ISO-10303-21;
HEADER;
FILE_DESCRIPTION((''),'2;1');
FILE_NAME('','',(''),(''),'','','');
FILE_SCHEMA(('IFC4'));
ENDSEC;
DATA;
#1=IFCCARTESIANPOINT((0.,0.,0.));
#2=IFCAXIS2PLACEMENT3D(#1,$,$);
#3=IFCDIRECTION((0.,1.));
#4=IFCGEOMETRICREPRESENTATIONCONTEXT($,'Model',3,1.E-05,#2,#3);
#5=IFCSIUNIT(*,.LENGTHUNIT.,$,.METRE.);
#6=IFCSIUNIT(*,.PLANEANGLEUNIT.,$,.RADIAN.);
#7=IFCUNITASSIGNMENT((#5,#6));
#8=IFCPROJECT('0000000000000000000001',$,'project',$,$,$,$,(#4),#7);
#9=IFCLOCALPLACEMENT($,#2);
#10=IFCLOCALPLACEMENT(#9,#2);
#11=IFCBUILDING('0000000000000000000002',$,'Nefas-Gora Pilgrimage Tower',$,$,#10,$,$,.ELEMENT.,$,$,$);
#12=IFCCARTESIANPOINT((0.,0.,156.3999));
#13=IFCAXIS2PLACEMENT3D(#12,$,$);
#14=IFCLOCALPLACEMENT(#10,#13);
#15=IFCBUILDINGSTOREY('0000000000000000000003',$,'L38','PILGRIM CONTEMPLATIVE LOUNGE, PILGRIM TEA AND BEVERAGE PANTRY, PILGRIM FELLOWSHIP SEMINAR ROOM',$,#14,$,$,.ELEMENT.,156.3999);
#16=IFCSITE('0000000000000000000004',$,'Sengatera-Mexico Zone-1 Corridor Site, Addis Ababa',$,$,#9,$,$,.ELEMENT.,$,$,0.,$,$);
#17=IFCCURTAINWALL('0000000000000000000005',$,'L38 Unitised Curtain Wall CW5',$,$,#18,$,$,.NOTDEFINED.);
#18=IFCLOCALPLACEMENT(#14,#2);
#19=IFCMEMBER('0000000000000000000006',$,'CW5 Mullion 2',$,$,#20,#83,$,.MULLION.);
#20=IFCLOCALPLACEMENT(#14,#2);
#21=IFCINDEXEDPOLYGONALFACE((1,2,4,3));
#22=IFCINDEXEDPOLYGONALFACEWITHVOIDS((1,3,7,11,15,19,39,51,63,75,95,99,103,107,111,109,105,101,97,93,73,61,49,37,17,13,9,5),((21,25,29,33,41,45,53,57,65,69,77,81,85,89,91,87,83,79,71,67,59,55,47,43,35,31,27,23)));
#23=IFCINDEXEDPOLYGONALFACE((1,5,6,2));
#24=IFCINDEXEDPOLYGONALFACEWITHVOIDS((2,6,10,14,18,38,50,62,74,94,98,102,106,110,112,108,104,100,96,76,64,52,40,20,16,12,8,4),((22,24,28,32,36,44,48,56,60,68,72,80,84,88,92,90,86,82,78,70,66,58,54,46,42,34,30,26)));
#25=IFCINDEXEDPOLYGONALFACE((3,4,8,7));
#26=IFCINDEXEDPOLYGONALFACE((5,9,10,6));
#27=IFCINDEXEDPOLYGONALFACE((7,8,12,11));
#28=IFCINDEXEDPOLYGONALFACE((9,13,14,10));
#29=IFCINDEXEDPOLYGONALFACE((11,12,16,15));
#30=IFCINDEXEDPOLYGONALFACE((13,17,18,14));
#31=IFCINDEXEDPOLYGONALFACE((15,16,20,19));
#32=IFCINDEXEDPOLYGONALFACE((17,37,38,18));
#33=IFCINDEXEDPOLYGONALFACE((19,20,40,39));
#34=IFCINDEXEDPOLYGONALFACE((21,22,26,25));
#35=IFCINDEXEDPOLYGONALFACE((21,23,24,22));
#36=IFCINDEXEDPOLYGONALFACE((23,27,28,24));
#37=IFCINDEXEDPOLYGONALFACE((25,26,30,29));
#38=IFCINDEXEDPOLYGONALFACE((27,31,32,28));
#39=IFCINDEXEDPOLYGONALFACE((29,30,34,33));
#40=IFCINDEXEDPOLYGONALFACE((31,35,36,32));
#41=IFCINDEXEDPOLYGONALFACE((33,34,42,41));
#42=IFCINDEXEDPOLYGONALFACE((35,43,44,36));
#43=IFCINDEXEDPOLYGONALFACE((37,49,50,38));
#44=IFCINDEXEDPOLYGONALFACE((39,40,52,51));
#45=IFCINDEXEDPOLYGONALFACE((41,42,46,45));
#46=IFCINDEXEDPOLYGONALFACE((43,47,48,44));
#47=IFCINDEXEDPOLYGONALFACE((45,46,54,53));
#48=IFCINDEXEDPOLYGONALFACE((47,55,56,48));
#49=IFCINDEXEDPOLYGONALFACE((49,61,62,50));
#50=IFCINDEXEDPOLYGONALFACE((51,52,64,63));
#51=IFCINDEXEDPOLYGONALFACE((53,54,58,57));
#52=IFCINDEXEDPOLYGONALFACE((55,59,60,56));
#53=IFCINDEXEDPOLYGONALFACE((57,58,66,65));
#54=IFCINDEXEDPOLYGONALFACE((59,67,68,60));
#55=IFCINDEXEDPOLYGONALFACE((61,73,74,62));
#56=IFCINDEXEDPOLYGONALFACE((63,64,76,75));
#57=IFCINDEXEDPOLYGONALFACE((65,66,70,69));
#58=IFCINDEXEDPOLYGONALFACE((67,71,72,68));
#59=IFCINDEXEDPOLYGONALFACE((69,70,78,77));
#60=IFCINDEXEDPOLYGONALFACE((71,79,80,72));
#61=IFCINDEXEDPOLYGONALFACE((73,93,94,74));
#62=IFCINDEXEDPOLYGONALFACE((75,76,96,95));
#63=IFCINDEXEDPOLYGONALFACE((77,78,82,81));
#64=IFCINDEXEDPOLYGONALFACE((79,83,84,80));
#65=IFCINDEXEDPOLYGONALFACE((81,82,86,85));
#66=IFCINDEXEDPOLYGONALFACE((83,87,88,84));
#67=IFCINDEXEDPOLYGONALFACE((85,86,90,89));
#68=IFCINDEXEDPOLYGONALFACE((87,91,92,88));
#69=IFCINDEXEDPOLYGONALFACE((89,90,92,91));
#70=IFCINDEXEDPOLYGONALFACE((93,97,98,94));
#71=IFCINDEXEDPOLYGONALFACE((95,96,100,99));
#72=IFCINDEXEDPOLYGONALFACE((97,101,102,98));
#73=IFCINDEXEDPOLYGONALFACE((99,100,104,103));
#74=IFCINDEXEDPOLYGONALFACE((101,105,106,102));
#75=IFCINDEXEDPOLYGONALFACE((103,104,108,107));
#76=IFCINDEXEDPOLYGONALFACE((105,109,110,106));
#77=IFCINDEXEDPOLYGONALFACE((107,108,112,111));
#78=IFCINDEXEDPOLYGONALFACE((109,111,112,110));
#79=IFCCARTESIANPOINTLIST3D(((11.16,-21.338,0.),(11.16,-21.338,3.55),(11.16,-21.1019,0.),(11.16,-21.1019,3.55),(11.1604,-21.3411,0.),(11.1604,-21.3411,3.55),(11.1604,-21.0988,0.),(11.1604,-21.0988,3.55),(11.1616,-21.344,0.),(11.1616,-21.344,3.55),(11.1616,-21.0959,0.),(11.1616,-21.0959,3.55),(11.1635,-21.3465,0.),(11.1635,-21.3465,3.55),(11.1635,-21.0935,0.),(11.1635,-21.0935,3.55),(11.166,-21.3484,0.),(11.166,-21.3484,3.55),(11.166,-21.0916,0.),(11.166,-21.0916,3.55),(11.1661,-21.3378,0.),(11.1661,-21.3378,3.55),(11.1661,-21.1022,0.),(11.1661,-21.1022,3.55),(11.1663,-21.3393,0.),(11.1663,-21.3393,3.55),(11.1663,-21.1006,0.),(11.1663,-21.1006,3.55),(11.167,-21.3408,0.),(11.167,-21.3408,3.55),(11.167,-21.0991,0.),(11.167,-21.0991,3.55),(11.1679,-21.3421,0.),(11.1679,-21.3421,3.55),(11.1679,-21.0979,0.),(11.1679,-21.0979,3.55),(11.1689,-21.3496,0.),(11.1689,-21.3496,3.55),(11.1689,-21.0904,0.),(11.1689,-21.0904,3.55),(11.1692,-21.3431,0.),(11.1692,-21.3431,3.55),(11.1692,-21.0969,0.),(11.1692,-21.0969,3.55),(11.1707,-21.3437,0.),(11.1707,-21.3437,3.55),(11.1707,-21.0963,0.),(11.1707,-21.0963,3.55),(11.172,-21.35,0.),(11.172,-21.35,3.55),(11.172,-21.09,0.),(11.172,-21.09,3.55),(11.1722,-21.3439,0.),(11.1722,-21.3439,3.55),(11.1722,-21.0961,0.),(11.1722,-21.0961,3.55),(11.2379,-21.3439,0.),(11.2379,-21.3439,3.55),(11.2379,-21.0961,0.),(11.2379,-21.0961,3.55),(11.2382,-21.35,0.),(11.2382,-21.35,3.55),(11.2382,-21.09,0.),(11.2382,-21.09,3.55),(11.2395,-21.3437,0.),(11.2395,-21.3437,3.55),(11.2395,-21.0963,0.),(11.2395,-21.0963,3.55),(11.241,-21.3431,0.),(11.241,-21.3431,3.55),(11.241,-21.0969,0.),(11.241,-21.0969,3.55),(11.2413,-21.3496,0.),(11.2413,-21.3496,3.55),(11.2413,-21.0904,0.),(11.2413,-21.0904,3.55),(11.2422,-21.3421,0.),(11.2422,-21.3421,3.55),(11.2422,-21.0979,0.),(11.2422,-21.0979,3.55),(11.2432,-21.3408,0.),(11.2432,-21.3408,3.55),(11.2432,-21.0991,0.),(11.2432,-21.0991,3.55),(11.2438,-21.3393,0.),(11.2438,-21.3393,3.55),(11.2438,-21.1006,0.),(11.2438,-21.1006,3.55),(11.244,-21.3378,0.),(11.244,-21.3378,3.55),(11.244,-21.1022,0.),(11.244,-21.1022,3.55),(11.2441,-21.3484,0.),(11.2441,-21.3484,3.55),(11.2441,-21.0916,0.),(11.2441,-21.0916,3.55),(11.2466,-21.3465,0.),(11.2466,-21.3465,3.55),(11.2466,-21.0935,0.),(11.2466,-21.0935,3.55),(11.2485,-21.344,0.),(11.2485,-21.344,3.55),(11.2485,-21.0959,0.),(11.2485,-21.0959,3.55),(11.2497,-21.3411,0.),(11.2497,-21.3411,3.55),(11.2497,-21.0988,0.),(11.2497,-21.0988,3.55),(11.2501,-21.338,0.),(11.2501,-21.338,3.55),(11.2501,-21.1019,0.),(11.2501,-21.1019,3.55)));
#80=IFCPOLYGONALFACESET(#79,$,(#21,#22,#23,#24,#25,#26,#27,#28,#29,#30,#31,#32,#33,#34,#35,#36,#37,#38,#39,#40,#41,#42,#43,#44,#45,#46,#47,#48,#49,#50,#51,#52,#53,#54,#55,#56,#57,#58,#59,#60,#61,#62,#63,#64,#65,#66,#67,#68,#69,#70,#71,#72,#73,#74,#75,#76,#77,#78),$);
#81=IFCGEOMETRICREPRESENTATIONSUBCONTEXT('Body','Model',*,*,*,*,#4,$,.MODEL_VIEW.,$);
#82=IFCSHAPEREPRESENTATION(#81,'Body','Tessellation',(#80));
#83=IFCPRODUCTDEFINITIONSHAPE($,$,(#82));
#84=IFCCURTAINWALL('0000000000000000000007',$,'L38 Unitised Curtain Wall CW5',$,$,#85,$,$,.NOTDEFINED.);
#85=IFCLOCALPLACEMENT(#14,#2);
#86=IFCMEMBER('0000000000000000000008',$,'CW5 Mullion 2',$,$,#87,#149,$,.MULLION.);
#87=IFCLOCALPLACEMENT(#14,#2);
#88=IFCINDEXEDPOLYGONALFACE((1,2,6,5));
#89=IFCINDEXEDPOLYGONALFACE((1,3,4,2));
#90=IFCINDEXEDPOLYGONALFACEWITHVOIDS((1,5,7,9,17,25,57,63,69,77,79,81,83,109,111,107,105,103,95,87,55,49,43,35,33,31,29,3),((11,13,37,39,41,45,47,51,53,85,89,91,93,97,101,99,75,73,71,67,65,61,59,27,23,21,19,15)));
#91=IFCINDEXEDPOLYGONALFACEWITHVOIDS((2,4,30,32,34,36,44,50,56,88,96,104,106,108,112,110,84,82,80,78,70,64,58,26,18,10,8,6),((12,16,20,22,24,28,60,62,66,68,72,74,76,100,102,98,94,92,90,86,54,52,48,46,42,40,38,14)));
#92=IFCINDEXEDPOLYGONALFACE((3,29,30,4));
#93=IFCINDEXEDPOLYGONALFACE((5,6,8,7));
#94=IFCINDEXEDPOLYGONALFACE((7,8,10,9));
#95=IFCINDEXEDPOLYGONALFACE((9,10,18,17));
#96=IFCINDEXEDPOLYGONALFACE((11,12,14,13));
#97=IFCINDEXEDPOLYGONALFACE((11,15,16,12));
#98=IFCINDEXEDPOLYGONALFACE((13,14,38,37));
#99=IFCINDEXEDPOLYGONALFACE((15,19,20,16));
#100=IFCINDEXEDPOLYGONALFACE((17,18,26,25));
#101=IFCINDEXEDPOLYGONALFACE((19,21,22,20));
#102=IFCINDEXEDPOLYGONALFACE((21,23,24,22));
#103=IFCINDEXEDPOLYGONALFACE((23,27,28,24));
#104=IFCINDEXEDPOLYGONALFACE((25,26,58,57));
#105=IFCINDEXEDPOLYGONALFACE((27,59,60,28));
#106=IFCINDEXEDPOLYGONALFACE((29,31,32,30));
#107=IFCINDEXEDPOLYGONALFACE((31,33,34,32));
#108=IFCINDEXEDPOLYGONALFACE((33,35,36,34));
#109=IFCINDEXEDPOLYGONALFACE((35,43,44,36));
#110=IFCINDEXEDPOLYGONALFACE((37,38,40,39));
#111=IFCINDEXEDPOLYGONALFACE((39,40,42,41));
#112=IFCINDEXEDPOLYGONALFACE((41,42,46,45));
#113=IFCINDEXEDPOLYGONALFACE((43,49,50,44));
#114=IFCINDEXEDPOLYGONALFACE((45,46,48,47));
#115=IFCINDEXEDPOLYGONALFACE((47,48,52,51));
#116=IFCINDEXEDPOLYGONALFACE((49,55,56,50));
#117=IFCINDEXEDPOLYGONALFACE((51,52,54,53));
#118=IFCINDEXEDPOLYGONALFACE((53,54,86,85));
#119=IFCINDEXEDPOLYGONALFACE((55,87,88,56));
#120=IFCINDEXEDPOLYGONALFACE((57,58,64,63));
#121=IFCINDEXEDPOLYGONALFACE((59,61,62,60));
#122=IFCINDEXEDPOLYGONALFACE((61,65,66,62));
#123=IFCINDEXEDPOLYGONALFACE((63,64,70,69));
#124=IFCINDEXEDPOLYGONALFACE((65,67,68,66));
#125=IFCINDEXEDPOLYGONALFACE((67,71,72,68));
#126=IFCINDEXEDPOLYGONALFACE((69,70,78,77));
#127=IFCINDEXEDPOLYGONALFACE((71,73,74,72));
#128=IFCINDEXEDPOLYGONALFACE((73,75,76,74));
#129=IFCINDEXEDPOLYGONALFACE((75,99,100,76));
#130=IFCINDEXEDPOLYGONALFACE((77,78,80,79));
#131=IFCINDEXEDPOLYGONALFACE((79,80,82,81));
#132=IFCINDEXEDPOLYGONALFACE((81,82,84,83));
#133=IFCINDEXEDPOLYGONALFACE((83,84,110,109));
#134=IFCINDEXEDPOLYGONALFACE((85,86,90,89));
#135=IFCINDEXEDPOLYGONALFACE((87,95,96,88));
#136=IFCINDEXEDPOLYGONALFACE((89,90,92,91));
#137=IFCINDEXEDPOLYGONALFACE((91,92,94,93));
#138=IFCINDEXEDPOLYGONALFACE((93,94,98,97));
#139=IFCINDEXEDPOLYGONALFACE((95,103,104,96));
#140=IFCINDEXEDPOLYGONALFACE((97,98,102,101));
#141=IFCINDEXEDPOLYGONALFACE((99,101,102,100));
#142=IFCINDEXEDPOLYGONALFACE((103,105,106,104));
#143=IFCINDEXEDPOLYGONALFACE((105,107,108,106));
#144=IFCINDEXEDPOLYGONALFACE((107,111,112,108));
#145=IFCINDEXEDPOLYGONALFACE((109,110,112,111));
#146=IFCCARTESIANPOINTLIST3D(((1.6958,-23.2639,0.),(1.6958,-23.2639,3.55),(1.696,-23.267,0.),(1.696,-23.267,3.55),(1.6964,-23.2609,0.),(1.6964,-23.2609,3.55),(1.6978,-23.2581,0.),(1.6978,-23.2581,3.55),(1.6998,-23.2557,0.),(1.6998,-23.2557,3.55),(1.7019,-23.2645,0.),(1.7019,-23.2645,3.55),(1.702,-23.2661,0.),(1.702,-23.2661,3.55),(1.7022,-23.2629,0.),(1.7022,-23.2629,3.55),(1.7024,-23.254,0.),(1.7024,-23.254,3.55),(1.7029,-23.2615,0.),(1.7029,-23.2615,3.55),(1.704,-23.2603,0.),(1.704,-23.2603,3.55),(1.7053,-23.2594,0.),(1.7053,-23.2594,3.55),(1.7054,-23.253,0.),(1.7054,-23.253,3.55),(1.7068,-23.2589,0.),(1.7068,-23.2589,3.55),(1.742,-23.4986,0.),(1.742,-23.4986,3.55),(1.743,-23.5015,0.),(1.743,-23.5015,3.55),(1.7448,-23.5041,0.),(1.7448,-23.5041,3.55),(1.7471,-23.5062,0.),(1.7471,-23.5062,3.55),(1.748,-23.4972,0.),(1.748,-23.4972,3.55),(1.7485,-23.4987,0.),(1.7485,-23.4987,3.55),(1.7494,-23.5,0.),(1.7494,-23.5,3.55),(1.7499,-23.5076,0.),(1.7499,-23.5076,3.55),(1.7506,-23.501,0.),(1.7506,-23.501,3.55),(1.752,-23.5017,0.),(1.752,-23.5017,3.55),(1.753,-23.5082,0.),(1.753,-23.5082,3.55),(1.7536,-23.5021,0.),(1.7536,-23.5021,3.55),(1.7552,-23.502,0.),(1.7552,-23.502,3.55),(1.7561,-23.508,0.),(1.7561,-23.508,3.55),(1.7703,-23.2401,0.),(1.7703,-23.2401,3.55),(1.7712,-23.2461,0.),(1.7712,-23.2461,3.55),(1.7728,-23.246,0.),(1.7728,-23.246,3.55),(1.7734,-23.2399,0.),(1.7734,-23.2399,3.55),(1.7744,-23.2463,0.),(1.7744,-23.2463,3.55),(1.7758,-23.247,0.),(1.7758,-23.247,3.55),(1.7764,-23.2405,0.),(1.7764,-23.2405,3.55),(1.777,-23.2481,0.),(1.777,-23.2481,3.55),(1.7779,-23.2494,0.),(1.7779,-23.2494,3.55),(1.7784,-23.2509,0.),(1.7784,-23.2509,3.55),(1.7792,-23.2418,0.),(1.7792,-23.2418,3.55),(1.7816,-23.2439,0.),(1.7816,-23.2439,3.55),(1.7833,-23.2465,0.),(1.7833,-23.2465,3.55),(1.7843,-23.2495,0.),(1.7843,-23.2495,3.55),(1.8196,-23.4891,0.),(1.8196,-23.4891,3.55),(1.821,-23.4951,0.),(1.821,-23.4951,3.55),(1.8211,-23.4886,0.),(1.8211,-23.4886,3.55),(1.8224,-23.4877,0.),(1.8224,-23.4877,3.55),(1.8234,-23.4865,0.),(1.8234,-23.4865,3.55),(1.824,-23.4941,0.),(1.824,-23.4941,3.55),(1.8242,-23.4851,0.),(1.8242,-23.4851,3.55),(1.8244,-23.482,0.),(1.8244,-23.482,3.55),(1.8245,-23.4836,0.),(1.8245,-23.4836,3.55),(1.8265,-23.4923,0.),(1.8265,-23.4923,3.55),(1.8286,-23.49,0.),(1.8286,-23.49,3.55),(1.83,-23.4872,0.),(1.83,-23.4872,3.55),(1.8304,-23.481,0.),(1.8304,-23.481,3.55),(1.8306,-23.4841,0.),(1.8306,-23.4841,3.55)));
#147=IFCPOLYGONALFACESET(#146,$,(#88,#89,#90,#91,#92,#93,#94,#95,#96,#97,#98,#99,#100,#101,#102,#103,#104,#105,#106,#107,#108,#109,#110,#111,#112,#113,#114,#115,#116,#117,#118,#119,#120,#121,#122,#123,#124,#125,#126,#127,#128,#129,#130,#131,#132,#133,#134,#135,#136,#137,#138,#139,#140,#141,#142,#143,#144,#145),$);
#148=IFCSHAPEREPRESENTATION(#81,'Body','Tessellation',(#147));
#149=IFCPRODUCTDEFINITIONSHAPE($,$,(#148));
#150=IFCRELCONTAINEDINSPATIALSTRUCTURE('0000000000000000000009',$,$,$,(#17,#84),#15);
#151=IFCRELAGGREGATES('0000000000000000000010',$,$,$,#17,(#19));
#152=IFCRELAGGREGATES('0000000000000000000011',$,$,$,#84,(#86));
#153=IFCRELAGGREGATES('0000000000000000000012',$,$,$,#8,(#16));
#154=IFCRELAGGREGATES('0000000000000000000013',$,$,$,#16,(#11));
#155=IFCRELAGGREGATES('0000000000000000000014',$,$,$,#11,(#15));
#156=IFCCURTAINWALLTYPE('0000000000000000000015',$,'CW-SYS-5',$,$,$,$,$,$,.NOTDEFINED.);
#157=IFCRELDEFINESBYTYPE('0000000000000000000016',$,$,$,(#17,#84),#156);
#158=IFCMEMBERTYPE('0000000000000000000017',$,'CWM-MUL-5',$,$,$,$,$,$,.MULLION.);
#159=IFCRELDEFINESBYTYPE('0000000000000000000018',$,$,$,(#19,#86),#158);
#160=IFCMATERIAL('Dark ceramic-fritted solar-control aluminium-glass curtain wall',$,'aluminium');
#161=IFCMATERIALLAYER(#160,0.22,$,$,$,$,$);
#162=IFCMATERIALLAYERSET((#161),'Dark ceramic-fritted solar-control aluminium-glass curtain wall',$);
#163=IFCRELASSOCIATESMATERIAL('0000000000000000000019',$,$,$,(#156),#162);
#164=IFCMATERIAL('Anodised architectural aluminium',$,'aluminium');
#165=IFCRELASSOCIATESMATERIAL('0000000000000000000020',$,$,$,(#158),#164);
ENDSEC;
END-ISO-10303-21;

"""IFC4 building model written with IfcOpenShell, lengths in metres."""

from ifc_helpers import new_model, si_unit, direction, frame, origin, origin_2d, place, context, subcontext, project, spatial, hollow_rectangle, extrude, source, transform, mapped, material, layer, layer_set, material_profile, profile_set, type_object, element, aggregate, save


model = new_model("IFC4")

# Units and contexts
model_context = context("Model", 3, precision=1e-05, world=origin(), true_north=direction((0.0, 1.0)))
body_context = subcontext(model_context, "Body", "Model", "MODEL_VIEW")
ifc_project = project(units=[si_unit("LENGTHUNIT", "METRE"), si_unit("PLANEANGLEUNIT", "RADIAN")], contexts=[model_context])

# Site, building, storey
site_placement = place(None, origin())
site = spatial("IfcSite", under=ifc_project, at=site_placement, Name="Sengatera-Mexico Zone-1 Corridor Site, Addis Ababa", CompositionType="ELEMENT", RefElevation=0.0)
building_placement = place(site_placement, origin())
building = spatial("IfcBuilding", under=site, at=building_placement, Name="Nefas-Gora Pilgrimage Tower", CompositionType="ELEMENT")
storey_placement = place(building_placement, frame((0.0, 0.0, 156.3999)))
storey = spatial("IfcBuildingStorey", under=building, at=storey_placement, Name="L38", Description="PILGRIM CONTEMPLATIVE LOUNGE, PILGRIM TEA AND BEVERAGE PANTRY, PILGRIM FELLOWSHIP SEMINAR ROOM", CompositionType="ELEMENT", Elevation=156.3999)

# Curtain wall, member
ifc_material_1 = material(Name="Dark ceramic-fritted solar-control aluminium-glass curtain wall", Category="aluminium")
ifc_layer_1 = layer(ifc_material_1, 0.22)
ifc_layer_set_1 = layer_set([ifc_layer_1], Name="Dark ceramic-fritted solar-control aluminium-glass curtain wall")
curtain_wall_type = type_object("IfcCurtainWallType", Name="CW-SYS-5", PredefinedType="NOTDEFINED", material=ifc_layer_set_1)
curtain_wall_1_placement = place(storey_placement, origin())
curtain_wall_1 = element("IfcCurtainWall", 1, at=curtain_wall_1_placement, inside=storey, type_object=curtain_wall_type, Name="L38 Unitised Curtain Wall CW5", PredefinedType="NOTDEFINED")
ifc_material_2 = material(Name="Anodised architectural aluminium", Category="aluminium")
ifc_material_profile_1 = material_profile(ifc_material_2, hollow_rectangle(XDim=0.0901, YDim=0.26, WallThickness=0.0061, InnerFilletRadius=0.0061, OuterFilletRadius=0.012, at=origin_2d()), Name="ALU MULLION 90x260")
ifc_profile_set_1 = profile_set([ifc_material_profile_1], Name="Anodised architectural aluminium")
member_type_1 = type_object("IfcMemberType", Name="CWM-MUL-5", PredefinedType="MULLION", material=ifc_profile_set_1)
shared_shape_1 = source(origin(), body_context, "Body", "SweptSolid", [
    extrude(hollow_rectangle(XDim=0.0901, YDim=0.26, WallThickness=0.0061, InnerFilletRadius=0.0061, OuterFilletRadius=0.012, at=origin_2d()), origin(), (0.0, 0.0, 1.0), 3.55),
])
member_1_placement = place(storey_placement, frame((11.2051, -21.22, 0.0), z_axis=(0.0, 0.0, 1.0), x_axis=(1.0, 0.0, 0.0)))
member_1 = element("IfcMember", 2, at=member_1_placement, type_object=member_type_1, Name="CW5 Mullion 2", PredefinedType="MULLION", context=body_context, shape_type="MappedRepresentation", body=[
    mapped(shared_shape_1, transform((0.0, 0.0, 0.0), x_axis=(1.0, 0.0, 0.0), y_axis=(0.0, 1.0, 0.0), z_axis=(0.0, 0.0, 1.0), scale=1.0)),
])

# Curtain wall, member
curtain_wall_2_placement = place(storey_placement, origin())
curtain_wall_2 = element("IfcCurtainWall", 3, at=curtain_wall_2_placement, inside=storey, type_object=curtain_wall_type, Name="L38 Unitised Curtain Wall CW5", PredefinedType="NOTDEFINED")
member_2_placement = place(storey_placement, frame((1.7632, -23.374, 0.0), z_axis=(0.0, 0.0, 1.0), x_axis=(0.980783, 0.195102, 0.0)))
member_2 = element("IfcMember", 4, at=member_2_placement, type_object=member_type_1, Name="CW5 Mullion 2", PredefinedType="MULLION", context=body_context, shape_type="MappedRepresentation", body=[
    mapped(shared_shape_1, transform((0.0, 0.0, 0.0), x_axis=(1.0, 0.0, 0.0), y_axis=(0.0, 1.0, 0.0), z_axis=(0.0, 0.0, 1.0), scale=1.0)),
])

aggregate(curtain_wall_1, [member_1])
aggregate(curtain_wall_2, [member_2])

save(model, "model.ifc")
